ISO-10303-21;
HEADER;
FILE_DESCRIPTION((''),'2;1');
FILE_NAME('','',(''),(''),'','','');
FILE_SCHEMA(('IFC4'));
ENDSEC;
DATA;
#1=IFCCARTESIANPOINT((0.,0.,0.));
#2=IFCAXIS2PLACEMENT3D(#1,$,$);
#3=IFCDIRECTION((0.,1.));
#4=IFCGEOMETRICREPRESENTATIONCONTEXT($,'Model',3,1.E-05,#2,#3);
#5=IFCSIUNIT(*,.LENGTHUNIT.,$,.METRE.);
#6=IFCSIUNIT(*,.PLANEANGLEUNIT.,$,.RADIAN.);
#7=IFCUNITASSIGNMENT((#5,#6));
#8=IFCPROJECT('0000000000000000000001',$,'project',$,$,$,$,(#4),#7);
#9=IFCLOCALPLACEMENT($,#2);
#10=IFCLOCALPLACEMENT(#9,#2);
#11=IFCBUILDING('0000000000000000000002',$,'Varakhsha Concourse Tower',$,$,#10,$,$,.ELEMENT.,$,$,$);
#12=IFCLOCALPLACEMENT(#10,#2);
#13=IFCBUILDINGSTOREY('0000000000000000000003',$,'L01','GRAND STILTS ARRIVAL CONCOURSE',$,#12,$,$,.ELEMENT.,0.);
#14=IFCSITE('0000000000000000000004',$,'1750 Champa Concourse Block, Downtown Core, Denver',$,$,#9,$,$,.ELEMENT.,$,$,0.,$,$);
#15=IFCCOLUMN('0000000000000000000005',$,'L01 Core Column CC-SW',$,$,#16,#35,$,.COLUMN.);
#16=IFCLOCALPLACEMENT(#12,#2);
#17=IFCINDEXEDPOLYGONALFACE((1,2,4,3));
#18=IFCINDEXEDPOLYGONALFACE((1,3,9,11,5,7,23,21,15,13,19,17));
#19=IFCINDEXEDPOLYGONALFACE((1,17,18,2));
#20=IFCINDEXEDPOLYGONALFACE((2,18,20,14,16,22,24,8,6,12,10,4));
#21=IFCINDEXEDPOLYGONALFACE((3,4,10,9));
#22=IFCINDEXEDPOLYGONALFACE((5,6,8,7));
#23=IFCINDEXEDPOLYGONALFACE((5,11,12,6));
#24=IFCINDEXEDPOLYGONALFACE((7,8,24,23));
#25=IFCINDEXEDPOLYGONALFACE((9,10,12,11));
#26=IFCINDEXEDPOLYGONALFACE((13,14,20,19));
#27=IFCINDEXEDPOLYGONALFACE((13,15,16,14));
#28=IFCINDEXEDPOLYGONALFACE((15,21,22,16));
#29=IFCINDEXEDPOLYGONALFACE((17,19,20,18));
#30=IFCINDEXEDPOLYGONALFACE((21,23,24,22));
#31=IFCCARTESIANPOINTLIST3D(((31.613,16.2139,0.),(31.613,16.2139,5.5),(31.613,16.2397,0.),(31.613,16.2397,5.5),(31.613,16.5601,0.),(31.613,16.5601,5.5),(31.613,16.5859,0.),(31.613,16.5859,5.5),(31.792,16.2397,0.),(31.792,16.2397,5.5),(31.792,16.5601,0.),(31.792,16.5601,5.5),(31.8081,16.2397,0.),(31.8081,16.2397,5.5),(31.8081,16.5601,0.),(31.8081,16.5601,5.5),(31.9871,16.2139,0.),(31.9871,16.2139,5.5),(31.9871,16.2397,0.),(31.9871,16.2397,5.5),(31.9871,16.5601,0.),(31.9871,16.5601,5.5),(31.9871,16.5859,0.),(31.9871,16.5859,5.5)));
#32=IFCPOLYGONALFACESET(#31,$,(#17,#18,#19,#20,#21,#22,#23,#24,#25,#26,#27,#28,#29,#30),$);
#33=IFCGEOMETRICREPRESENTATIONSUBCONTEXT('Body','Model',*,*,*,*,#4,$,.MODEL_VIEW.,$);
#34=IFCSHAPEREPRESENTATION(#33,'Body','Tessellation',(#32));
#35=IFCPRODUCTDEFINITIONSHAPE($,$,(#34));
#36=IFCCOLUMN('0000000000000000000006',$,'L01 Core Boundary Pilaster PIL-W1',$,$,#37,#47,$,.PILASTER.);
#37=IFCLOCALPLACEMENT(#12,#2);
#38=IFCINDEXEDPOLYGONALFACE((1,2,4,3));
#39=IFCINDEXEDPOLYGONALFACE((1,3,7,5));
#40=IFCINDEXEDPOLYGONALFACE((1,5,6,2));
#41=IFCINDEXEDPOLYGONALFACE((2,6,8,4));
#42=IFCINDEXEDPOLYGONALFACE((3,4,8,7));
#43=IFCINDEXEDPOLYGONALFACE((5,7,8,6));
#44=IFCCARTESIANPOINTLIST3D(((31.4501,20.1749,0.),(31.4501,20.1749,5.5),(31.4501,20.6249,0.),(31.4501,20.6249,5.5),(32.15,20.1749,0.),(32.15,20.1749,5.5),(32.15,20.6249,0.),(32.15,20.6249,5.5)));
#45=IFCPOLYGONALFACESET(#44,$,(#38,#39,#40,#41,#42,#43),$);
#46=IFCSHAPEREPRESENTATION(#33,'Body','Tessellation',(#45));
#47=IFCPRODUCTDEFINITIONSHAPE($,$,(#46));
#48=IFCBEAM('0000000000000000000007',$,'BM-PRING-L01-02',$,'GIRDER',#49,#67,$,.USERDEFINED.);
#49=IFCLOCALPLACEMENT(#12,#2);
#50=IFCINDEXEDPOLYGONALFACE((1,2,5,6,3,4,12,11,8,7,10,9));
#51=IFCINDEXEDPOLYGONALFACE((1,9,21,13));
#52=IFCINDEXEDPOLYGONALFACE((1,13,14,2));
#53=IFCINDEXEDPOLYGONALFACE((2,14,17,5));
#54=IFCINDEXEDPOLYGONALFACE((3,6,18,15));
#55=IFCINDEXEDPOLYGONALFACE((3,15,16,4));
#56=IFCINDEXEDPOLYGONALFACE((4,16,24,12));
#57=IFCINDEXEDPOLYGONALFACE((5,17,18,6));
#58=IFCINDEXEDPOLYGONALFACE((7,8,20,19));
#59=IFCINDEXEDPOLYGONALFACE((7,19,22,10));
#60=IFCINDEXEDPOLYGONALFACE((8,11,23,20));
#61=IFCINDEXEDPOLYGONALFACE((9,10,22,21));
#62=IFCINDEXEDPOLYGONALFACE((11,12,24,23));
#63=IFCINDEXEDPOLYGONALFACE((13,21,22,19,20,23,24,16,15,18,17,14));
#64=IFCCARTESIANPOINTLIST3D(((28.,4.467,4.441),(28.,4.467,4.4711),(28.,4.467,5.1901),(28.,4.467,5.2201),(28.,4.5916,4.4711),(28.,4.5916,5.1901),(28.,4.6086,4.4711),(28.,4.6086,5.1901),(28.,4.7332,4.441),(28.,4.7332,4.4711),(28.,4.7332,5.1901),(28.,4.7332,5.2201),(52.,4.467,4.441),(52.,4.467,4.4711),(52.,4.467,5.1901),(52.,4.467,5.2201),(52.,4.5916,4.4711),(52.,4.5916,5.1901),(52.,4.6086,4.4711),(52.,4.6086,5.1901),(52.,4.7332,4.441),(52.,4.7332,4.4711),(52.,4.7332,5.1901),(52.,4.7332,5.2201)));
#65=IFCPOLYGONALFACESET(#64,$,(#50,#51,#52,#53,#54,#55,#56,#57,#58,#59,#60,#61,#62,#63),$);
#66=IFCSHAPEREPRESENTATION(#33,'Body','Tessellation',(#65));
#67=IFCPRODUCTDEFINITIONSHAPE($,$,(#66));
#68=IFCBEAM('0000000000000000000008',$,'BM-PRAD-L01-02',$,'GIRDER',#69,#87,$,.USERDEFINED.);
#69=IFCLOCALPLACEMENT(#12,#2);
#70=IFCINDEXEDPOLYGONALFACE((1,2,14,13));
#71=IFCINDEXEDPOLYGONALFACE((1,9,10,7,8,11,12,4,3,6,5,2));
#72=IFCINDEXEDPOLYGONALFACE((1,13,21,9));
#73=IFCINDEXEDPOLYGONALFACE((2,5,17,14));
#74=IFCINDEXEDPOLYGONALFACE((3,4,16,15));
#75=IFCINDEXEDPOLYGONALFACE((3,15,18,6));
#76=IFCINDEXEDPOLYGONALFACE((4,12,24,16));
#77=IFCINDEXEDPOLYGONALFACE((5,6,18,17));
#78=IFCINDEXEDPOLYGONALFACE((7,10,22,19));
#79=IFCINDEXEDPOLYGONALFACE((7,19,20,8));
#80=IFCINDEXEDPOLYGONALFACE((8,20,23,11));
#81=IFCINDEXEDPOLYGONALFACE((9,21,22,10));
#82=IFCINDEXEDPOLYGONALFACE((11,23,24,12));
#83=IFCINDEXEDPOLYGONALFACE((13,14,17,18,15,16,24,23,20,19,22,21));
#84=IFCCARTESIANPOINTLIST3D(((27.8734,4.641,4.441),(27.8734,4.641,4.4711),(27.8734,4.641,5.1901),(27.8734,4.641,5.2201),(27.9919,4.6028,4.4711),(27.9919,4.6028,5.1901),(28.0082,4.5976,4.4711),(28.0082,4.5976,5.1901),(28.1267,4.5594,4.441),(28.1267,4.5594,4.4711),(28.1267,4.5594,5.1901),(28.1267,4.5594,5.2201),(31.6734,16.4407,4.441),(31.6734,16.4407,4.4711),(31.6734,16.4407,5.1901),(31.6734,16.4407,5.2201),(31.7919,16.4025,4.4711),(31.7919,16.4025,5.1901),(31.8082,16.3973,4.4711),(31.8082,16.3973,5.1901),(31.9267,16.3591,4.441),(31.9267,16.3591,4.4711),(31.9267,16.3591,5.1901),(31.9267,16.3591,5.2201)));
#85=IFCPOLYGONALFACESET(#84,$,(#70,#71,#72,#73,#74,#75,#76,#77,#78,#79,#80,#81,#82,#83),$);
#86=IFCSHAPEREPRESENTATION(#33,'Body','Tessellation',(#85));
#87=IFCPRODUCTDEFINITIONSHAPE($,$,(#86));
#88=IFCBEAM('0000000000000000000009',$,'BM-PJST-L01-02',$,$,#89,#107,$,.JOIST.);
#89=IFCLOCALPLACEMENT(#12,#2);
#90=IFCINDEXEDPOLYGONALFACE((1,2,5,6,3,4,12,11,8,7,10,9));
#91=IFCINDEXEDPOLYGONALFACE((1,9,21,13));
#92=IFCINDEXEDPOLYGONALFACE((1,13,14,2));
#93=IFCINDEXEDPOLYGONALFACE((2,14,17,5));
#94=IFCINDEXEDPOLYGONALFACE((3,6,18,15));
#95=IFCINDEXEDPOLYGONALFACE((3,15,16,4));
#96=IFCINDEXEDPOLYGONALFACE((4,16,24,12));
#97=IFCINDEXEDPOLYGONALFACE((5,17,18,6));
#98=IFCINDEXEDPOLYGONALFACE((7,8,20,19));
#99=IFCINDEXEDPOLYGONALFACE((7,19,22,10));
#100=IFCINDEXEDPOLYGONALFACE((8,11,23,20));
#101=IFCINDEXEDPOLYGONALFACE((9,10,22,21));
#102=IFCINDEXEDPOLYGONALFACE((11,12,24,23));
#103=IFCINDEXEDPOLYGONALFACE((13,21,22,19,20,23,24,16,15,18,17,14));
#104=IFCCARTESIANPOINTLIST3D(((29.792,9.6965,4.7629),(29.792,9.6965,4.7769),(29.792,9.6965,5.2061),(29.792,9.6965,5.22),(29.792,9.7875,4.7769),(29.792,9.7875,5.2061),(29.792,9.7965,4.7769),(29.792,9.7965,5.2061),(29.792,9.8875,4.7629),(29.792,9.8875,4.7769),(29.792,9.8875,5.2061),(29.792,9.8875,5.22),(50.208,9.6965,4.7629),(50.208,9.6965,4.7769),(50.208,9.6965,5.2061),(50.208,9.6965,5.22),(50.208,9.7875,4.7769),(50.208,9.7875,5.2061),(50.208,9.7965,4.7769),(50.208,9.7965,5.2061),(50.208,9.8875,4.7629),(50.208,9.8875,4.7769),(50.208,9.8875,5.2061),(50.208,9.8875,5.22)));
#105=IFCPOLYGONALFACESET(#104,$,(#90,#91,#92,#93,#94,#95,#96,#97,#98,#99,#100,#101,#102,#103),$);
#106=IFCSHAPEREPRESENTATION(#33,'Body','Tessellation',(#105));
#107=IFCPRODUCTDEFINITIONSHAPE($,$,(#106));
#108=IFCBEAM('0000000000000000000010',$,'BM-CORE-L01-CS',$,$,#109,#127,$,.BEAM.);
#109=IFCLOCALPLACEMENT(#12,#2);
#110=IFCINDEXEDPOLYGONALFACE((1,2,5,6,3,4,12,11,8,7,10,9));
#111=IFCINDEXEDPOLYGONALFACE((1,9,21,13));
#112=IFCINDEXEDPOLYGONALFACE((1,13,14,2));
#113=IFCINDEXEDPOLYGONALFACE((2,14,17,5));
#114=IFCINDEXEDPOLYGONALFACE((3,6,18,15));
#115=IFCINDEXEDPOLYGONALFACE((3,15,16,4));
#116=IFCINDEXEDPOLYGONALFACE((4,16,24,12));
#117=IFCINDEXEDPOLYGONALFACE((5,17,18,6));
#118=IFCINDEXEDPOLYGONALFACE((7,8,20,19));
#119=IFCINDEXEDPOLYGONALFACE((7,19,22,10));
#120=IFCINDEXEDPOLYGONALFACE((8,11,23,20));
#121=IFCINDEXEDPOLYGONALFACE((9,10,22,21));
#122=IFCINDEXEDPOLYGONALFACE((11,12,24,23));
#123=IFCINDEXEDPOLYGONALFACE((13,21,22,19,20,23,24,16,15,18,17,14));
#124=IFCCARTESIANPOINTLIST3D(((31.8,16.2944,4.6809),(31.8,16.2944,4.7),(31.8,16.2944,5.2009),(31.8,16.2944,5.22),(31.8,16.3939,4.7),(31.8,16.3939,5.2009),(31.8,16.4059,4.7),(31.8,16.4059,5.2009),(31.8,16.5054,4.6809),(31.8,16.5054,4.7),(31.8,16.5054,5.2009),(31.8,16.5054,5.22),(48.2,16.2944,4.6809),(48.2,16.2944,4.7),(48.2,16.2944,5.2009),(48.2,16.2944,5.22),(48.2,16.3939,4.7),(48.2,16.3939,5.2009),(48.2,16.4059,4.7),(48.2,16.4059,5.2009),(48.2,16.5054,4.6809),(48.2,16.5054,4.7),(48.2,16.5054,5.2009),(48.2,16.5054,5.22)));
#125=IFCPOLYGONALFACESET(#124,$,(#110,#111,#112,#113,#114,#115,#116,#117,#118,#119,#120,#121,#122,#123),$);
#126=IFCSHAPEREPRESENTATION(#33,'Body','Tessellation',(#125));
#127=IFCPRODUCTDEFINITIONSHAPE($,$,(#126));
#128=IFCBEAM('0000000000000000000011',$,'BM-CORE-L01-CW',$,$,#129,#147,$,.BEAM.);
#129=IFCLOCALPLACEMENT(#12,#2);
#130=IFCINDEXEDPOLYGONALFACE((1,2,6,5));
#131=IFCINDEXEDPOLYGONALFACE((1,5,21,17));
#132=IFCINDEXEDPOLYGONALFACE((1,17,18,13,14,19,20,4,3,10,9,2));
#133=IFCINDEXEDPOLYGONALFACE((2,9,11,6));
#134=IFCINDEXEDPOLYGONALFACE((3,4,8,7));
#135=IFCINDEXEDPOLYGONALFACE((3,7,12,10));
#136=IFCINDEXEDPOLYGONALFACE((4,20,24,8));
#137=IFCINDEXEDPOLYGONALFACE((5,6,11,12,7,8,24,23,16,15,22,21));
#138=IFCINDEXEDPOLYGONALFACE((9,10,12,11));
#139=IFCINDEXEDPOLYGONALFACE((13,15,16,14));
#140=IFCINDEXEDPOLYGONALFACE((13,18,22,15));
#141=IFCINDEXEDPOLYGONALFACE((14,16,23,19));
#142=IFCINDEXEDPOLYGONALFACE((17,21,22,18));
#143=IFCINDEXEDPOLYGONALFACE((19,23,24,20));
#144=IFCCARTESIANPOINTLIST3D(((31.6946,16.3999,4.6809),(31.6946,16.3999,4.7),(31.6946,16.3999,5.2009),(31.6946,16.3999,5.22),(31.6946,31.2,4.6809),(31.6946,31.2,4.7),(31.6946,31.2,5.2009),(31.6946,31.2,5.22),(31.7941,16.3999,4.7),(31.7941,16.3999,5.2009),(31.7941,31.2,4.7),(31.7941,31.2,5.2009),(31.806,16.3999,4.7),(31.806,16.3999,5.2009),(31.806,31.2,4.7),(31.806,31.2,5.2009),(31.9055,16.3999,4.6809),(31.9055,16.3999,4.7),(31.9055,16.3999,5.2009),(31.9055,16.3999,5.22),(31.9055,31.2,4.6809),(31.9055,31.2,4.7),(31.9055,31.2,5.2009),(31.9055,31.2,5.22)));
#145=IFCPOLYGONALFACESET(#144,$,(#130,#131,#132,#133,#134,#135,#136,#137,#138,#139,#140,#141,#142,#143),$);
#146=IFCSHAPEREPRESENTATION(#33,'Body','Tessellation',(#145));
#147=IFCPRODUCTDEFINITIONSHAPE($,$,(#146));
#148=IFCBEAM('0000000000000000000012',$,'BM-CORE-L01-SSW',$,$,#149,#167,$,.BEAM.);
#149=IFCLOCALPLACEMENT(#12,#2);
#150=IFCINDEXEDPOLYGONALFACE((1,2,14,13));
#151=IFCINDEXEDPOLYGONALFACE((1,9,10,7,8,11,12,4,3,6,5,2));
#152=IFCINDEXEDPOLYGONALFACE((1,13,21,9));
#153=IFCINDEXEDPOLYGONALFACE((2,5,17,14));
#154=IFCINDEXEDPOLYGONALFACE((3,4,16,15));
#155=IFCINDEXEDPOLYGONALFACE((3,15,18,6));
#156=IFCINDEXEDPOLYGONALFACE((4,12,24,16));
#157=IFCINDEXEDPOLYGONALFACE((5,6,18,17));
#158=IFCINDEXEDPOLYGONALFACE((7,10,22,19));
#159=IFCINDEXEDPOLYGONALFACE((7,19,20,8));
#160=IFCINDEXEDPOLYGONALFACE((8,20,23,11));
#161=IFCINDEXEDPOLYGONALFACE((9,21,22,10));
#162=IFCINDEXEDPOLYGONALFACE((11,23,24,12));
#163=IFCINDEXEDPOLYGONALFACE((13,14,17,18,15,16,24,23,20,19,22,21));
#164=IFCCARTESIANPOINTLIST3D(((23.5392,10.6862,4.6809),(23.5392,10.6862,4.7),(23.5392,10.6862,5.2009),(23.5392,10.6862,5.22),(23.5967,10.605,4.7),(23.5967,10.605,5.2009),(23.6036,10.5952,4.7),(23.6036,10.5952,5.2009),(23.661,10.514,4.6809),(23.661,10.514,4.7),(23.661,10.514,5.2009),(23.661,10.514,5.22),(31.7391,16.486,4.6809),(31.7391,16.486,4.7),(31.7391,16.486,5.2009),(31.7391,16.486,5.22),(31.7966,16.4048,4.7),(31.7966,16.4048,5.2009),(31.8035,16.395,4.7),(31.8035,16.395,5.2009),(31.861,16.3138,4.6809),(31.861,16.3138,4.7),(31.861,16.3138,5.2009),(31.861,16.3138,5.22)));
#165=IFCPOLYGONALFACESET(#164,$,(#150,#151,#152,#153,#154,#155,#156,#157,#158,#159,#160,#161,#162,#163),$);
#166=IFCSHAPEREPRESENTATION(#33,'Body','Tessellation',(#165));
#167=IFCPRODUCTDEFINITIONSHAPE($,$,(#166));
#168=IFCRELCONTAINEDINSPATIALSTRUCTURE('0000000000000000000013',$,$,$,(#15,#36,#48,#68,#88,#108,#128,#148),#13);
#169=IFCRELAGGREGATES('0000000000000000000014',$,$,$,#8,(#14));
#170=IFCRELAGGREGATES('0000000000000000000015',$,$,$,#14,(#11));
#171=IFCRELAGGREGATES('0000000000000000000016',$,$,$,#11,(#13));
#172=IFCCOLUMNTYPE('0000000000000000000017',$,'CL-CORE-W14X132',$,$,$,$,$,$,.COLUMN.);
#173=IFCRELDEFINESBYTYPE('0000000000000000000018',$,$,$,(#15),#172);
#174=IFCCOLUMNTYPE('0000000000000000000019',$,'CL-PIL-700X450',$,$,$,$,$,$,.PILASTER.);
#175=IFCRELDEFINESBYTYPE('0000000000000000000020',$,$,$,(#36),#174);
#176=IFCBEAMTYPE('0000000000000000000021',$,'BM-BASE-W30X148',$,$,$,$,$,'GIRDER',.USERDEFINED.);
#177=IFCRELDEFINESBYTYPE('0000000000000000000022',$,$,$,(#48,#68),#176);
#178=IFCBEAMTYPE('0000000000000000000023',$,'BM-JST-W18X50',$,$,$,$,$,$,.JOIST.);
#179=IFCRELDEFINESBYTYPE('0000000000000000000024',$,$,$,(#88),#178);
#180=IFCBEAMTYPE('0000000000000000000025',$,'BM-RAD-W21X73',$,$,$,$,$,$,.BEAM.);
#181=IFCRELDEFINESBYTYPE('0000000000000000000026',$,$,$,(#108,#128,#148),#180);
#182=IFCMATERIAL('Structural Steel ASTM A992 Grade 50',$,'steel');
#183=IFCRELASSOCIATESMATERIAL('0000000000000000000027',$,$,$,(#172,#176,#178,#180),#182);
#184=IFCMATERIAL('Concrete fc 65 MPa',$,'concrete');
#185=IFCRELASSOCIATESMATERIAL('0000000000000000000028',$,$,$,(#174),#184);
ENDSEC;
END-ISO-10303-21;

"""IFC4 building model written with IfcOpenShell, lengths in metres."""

from ifc_helpers import new_model, si_unit, direction, frame, origin, origin_2d, place, context, subcontext, project, spatial, rectangle, i_section, extrude, material, material_profile, profile_set, type_object, element, save


model = new_model("IFC4")

# Units and contexts
model_context = context("Model", 3, precision=1e-05, world=origin(), true_north=direction((0.0, 1.0)))
body_context = subcontext(model_context, "Body", "Model", "MODEL_VIEW")
ifc_project = project(units=[si_unit("LENGTHUNIT", "METRE"), si_unit("PLANEANGLEUNIT", "RADIAN")], contexts=[model_context])

# Site, building, storey
site_placement = place(None, origin())
site = spatial("IfcSite", under=ifc_project, at=site_placement, Name="1750 Champa Concourse Block, Downtown Core, Denver", CompositionType="ELEMENT", RefElevation=0.0)
building_placement = place(site_placement, origin())
building = spatial("IfcBuilding", under=site, at=building_placement, Name="Varakhsha Concourse Tower", CompositionType="ELEMENT")
storey_placement = place(building_placement, origin())
storey = spatial("IfcBuildingStorey", under=building, at=storey_placement, Name="L01", Description="GRAND STILTS ARRIVAL CONCOURSE", CompositionType="ELEMENT", Elevation=0.0)

# Columns
ifc_material_1 = material(Name="Structural Steel ASTM A992 Grade 50", Category="steel")
ifc_material_profile_1 = material_profile(ifc_material_1, i_section(OverallWidth=0.374, OverallDepth=0.3721, WebThickness=0.0161, FlangeThickness=0.0259, at=origin_2d()), Name="W14X132")
ifc_profile_set_1 = profile_set([ifc_material_profile_1], Name="Structural Steel ASTM A992 Grade 50")
column_type_1 = type_object("IfcColumnType", Name="CL-CORE-W14X132", PredefinedType="COLUMN", material=ifc_profile_set_1)
column_1_placement = place(storey_placement, frame((31.8, 16.3999, 0.0), z_axis=(0.0, 0.0, 1.0), x_axis=(1.0, 0.0, 0.0)))
element("IfcColumn", 1, at=column_1_placement, inside=storey, type_object=column_type_1, Name="L01 Core Column CC-SW", PredefinedType="COLUMN", context=body_context, shape_type="SweptSolid", body=[
    extrude(i_section(OverallWidth=0.374, OverallDepth=0.3721, WebThickness=0.0161, FlangeThickness=0.0259, at=origin_2d()), origin(), (0.0, 0.0, 1.0), 5.5),
])
ifc_material_2 = material(Name="Concrete fc 65 MPa", Category="concrete")
ifc_material_profile_2 = material_profile(ifc_material_2, rectangle(XDim=0.7, YDim=0.45, at=origin_2d()), Name="RC 700x450")
ifc_profile_set_2 = profile_set([ifc_material_profile_2], Name="Concrete fc 65 MPa")
column_type_2 = type_object("IfcColumnType", Name="CL-PIL-700X450", PredefinedType="PILASTER", material=ifc_profile_set_2)
column_2_placement = place(storey_placement, frame((31.8, 20.3999, 0.0), z_axis=(0.0, 0.0, 1.0), x_axis=(1.0, 0.0, 0.0)))
element("IfcColumn", 2, at=column_2_placement, inside=storey, type_object=column_type_2, Name="L01 Core Boundary Pilaster PIL-W1", PredefinedType="PILASTER", context=body_context, shape_type="SweptSolid", body=[
    extrude(rectangle(XDim=0.7, YDim=0.45, at=origin_2d()), origin(), (0.0, 0.0, 1.0), 5.5),
])

# Beams
ifc_material_profile_3 = material_profile(ifc_material_1, i_section(OverallWidth=0.2661, OverallDepth=0.7791, WebThickness=0.0171, FlangeThickness=0.03, at=origin_2d()), Name="W30X148")
ifc_profile_set_3 = profile_set([ifc_material_profile_3], Name="Structural Steel ASTM A992 Grade 50")
beam_type_1 = type_object("IfcBeamType", Name="BM-BASE-W30X148", ElementType="GIRDER", PredefinedType="USERDEFINED", material=ifc_profile_set_3)
beam_1_placement = place(storey_placement, frame((28.0, 4.6001, 4.8306), z_axis=(1.0, 0.0, 0.0), x_axis=(0.0, 1.0, 0.0)))
element("IfcBeam", 3, at=beam_1_placement, inside=storey, type_object=beam_type_1, Name="BM-PRING-L01-02", ObjectType="GIRDER", PredefinedType="USERDEFINED", context=body_context, shape_type="SweptSolid", body=[
    extrude(i_section(OverallWidth=0.2661, OverallDepth=0.7791, WebThickness=0.0171, FlangeThickness=0.03, at=origin_2d()), origin(), (0.0, 0.0, 1.0), 24.0),
])
beam_2_placement = place(storey_placement, frame((31.8, 16.3999, 4.8306), z_axis=(-0.30654, -0.951858, 0.0), x_axis=(0.951858, -0.30654, 0.0)))
element("IfcBeam", 4, at=beam_2_placement, inside=storey, type_object=beam_type_1, Name="BM-PRAD-L01-02", ObjectType="GIRDER", PredefinedType="USERDEFINED", context=body_context, shape_type="SweptSolid", body=[
    extrude(i_section(OverallWidth=0.2661, OverallDepth=0.7791, WebThickness=0.0171, FlangeThickness=0.03, at=origin_2d()), origin(), (0.0, 0.0, 1.0), 12.3965),
])
ifc_material_profile_4 = material_profile(ifc_material_1, i_section(OverallWidth=0.1909, OverallDepth=0.457, WebThickness=0.009, FlangeThickness=0.0139, at=origin_2d()), Name="W18X50")
ifc_profile_set_4 = profile_set([ifc_material_profile_4], Name="Structural Steel ASTM A992 Grade 50")
beam_type_2 = type_object("IfcBeamType", Name="BM-JST-W18X50", PredefinedType="JOIST", material=ifc_profile_set_4)
beam_3_placement = place(storey_placement, frame((29.792, 9.792, 4.9915), z_axis=(1.0, 0.0, 0.0), x_axis=(0.0, 1.0, 0.0)))
element("IfcBeam", 5, at=beam_3_placement, inside=storey, type_object=beam_type_2, Name="BM-PJST-L01-02", PredefinedType="JOIST", context=body_context, shape_type="SweptSolid", body=[
    extrude(i_section(OverallWidth=0.1909, OverallDepth=0.457, WebThickness=0.009, FlangeThickness=0.0139, at=origin_2d()), origin(), (0.0, 0.0, 1.0), 20.416),
])
ifc_material_profile_5 = material_profile(ifc_material_1, i_section(OverallWidth=0.2109, OverallDepth=0.5391, WebThickness=0.012, FlangeThickness=0.019, at=origin_2d()), Name="W21X73")
ifc_profile_set_5 = profile_set([ifc_material_profile_5], Name="Structural Steel ASTM A992 Grade 50")
beam_type_3 = type_object("IfcBeamType", Name="BM-RAD-W21X73", PredefinedType="BEAM", material=ifc_profile_set_5)
beam_4_placement = place(storey_placement, frame((31.8, 16.3999, 4.9504), z_axis=(1.0, 0.0, 0.0), x_axis=(0.0, 1.0, 0.0)))
element("IfcBeam", 6, at=beam_4_placement, inside=storey, type_object=beam_type_3, Name="BM-CORE-L01-CS", PredefinedType="BEAM", context=body_context, shape_type="SweptSolid", body=[
    extrude(i_section(OverallWidth=0.2109, OverallDepth=0.5391, WebThickness=0.012, FlangeThickness=0.019, at=origin_2d()), origin(), (0.0, 0.0, 1.0), 16.3999),
])
beam_5_placement = place(storey_placement, frame((31.8, 16.3999, 4.9504), z_axis=(0.0, 1.0, 0.0), x_axis=(-1.0, 0.0, 0.0)))
element("IfcBeam", 7, at=beam_5_placement, inside=storey, type_object=beam_type_3, Name="BM-CORE-L01-CW", PredefinedType="BEAM", context=body_context, shape_type="SweptSolid", body=[
    extrude(i_section(OverallWidth=0.2109, OverallDepth=0.5391, WebThickness=0.012, FlangeThickness=0.019, at=origin_2d()), origin(), (0.0, 0.0, 1.0), 14.8),
])
beam_6_placement = place(storey_placement, frame((31.8, 16.3999, 4.9504), z_axis=(-0.816423, -0.577454, 0.0), x_axis=(0.577454, -0.816423, 0.0)))
element("IfcBeam", 8, at=beam_6_placement, inside=storey, type_object=beam_type_3, Name="BM-CORE-L01-SSW", PredefinedType="BEAM", context=body_context, shape_type="SweptSolid", body=[
    extrude(i_section(OverallWidth=0.2109, OverallDepth=0.5391, WebThickness=0.012, FlangeThickness=0.019, at=origin_2d()), origin(), (0.0, 0.0, 1.0), 10.0437),
])

save(model, "model.ifc")
